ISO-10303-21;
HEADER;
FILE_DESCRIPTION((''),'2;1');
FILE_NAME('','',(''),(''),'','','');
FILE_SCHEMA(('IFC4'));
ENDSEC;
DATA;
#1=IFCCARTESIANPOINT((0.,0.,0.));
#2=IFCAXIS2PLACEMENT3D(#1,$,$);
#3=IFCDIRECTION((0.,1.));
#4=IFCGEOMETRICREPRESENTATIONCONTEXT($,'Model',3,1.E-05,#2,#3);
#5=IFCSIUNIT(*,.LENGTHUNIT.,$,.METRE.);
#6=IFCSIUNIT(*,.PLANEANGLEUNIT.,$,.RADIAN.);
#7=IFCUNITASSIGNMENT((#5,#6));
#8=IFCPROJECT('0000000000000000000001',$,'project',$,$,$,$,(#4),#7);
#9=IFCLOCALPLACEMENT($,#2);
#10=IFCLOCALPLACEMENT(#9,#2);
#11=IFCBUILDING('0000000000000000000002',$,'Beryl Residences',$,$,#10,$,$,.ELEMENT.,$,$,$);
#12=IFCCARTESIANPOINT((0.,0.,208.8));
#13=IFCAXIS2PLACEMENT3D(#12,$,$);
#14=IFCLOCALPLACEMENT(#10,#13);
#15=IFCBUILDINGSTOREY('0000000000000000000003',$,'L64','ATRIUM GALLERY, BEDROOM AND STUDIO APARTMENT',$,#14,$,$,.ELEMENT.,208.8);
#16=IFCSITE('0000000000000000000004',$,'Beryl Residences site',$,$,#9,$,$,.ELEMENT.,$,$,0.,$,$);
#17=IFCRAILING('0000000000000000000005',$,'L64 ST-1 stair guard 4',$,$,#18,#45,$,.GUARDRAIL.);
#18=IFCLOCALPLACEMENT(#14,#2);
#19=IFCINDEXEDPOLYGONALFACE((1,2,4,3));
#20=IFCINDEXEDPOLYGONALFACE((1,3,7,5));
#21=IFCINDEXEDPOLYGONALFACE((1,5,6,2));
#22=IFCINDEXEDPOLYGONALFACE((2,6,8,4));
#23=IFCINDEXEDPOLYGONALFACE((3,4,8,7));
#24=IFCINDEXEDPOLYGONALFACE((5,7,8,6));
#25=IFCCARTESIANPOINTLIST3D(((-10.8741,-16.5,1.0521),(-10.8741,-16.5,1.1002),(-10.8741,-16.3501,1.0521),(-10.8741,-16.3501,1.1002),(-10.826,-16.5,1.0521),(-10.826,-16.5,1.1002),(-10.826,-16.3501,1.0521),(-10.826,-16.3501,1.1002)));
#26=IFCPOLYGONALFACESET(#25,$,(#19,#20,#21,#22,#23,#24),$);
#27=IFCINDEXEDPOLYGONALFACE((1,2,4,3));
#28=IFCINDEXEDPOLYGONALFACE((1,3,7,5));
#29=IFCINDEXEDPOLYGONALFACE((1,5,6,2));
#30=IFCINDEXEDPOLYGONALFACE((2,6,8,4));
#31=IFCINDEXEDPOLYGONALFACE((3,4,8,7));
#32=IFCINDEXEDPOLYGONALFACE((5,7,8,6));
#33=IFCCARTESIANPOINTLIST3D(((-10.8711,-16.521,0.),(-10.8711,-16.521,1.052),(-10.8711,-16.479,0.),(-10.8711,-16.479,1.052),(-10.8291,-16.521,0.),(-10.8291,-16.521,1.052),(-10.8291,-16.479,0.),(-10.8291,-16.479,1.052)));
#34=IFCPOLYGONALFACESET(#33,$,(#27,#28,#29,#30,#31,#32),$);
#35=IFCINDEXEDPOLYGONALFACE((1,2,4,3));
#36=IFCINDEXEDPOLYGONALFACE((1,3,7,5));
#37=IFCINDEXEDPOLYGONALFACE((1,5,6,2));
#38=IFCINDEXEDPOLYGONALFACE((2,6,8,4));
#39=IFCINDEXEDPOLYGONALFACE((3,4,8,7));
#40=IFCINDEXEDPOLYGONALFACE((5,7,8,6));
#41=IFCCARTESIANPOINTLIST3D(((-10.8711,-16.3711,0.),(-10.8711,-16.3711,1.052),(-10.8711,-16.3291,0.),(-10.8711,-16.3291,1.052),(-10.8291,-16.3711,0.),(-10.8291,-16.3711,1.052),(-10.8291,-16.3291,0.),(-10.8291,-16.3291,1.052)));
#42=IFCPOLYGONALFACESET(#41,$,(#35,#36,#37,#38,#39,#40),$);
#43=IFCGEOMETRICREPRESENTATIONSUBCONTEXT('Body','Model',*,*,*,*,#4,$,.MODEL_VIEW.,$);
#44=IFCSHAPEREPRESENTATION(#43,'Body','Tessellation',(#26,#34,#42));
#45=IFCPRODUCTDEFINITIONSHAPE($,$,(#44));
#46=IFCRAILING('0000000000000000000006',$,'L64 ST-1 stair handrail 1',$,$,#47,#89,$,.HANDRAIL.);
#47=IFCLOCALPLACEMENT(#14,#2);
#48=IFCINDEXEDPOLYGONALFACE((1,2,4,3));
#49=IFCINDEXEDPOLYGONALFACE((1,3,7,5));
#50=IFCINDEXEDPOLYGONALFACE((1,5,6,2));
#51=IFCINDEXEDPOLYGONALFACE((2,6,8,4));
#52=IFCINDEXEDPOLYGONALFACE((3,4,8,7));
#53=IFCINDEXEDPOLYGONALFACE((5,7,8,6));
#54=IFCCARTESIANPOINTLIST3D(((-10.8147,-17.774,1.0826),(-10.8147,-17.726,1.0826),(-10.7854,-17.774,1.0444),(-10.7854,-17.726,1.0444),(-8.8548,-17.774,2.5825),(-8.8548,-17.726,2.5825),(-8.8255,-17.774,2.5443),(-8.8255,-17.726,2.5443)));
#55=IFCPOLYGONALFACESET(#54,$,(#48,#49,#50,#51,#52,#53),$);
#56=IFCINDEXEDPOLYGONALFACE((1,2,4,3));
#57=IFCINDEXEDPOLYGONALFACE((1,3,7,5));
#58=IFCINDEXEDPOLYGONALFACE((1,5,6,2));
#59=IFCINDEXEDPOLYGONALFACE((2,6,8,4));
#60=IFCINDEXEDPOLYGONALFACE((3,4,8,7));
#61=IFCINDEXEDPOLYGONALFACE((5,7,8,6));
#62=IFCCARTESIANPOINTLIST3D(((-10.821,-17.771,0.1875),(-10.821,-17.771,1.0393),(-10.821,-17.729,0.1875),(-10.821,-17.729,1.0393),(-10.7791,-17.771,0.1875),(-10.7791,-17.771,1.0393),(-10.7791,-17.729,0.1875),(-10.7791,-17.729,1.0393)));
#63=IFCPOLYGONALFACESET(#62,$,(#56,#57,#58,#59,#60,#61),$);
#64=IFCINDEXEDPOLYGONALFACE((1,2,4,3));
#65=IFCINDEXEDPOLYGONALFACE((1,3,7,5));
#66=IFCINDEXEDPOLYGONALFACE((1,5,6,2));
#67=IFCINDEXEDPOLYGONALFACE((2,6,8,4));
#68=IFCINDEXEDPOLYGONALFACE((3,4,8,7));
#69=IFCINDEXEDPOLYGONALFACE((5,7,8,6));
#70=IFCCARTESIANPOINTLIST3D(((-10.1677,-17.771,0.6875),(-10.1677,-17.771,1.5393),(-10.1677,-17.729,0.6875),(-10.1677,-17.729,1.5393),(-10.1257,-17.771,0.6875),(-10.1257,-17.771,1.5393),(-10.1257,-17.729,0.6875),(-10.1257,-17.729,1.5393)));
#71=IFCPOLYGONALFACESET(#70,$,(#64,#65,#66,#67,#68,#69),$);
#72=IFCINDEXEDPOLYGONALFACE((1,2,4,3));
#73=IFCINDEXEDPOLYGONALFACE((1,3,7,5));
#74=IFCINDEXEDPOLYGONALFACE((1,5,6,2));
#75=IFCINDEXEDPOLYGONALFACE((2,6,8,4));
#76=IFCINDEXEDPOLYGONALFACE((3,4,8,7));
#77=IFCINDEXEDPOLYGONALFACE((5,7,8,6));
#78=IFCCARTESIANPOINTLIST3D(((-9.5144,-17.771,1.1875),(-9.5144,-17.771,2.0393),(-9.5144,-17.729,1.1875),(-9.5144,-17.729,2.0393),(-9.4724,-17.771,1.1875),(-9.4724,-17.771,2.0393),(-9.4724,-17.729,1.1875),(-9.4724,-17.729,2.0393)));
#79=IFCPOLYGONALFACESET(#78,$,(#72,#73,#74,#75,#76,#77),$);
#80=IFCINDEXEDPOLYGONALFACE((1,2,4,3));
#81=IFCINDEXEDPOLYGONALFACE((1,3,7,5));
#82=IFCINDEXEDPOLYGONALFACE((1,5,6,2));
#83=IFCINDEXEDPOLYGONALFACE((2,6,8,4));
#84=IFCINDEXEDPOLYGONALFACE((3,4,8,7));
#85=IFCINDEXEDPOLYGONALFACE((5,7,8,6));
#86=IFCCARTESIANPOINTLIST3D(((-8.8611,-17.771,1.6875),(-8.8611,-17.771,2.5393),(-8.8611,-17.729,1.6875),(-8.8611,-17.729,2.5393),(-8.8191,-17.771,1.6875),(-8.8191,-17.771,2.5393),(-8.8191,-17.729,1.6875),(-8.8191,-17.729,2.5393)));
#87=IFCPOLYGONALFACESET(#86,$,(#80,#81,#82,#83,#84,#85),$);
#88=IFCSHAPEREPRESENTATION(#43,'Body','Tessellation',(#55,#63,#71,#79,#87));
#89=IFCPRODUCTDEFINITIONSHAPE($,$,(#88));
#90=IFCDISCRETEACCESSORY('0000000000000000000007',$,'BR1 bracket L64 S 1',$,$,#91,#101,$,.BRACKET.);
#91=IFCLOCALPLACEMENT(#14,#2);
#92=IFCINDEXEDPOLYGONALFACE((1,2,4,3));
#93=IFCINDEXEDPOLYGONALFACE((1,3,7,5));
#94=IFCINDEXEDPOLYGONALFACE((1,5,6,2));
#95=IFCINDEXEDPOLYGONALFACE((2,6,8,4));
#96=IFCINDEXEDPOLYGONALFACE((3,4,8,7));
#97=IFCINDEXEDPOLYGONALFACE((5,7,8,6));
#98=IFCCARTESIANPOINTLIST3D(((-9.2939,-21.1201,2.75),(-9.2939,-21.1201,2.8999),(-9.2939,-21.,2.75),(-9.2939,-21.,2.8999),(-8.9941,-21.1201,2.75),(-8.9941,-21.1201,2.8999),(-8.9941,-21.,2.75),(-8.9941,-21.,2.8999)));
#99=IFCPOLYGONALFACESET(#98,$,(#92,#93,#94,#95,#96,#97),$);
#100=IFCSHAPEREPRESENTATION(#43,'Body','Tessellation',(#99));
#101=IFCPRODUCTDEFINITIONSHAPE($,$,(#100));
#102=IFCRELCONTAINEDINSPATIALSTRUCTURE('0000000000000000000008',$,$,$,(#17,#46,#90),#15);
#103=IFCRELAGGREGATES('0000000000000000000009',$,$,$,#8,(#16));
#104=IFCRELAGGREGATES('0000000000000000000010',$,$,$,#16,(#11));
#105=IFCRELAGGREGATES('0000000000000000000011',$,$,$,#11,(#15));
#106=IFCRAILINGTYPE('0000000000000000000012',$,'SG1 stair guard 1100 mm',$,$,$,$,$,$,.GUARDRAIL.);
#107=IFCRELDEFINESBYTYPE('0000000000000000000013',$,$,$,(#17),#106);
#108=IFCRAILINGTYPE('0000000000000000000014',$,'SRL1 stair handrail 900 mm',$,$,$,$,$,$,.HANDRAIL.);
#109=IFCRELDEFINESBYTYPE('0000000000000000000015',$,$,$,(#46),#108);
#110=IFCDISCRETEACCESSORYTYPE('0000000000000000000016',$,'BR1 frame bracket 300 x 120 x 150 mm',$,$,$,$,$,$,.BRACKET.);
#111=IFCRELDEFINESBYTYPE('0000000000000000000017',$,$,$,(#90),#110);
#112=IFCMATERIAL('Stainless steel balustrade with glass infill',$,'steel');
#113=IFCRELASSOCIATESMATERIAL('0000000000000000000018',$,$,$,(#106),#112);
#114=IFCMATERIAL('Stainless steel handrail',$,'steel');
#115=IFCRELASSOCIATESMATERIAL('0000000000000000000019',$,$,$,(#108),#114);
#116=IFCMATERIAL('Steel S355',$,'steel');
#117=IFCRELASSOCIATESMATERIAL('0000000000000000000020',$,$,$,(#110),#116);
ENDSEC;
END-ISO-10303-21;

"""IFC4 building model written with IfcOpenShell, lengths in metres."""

from ifc_helpers import new_model, si_unit, direction, frame, origin, origin_2d, place, context, subcontext, project, spatial, polyline, rectangle, outline, extrude, source, transform, mapped, material, type_object, type_shapes, element, save


model = new_model("IFC4")

# Units and contexts
model_context = context("Model", 3, precision=1e-05, world=origin(), true_north=direction((0.0, 1.0)))
body_context = subcontext(model_context, "Body", "Model", "MODEL_VIEW")
ifc_project = project(units=[si_unit("LENGTHUNIT", "METRE"), si_unit("PLANEANGLEUNIT", "RADIAN")], contexts=[model_context])

# Site, building, storey
site_placement = place(None, origin())
site = spatial("IfcSite", under=ifc_project, at=site_placement, Name="Beryl Residences site", CompositionType="ELEMENT", RefElevation=0.0)
building_placement = place(site_placement, origin())
building = spatial("IfcBuilding", under=site, at=building_placement, Name="Beryl Residences", CompositionType="ELEMENT")
storey_placement = place(building_placement, frame((0.0, 0.0, 208.8)))
storey = spatial("IfcBuildingStorey", under=building, at=storey_placement, Name="L64", Description="ATRIUM GALLERY, BEDROOM AND STUDIO APARTMENT", CompositionType="ELEMENT", Elevation=208.8)

# Railings
ifc_material_1 = material(Name="Stainless steel balustrade with glass infill", Category="steel")
railing_type_1 = type_object("IfcRailingType", Name="SG1 stair guard 1100 mm", PredefinedType="GUARDRAIL", material=ifc_material_1)
railing_1_placement = place(storey_placement, frame((-10.8501, -16.5, 0.0)))
element("IfcRailing", 1, at=railing_1_placement, inside=storey, type_object=railing_type_1, Name="L64 ST-1 stair guard 4", PredefinedType="GUARDRAIL", context=body_context, shape_type="SweptSolid", body=[
    extrude(rectangle(XDim=0.0481, YDim=0.0481, at=origin_2d()), frame((0.0, 0.0, 1.0762), z_axis=(0.0, 1.0, 0.0), x_axis=(-1.0, 0.0, 0.0)), (0.0, 0.0, 1.0), 0.1499),
    extrude(rectangle(XDim=0.042, YDim=0.042, at=origin_2d()), origin(), (0.0, 0.0, 1.0), 1.052),
    extrude(rectangle(XDim=0.042, YDim=0.042, at=origin_2d()), frame((0.0, 0.1499, 0.0)), (0.0, 0.0, 1.0), 1.052),
])
ifc_material_2 = material(Name="Stainless steel handrail", Category="steel")
railing_type_2 = type_object("IfcRailingType", Name="SRL1 stair handrail 900 mm", PredefinedType="HANDRAIL", material=ifc_material_2)
railing_2_placement = place(storey_placement, frame((-10.8, -17.75, 0.1875)))
element("IfcRailing", 2, at=railing_2_placement, inside=storey, type_object=railing_type_2, Name="L64 ST-1 stair handrail 1", PredefinedType="HANDRAIL", context=body_context, shape_type="SweptSolid", body=[
    extrude(rectangle(XDim=0.0481, YDim=0.0481, at=origin_2d()), frame((0.0, 0.0, 0.876), z_axis=(0.794122, 0.0, 0.607758), x_axis=(0.0, 1.0, 0.0)), (0.0, 0.0, 1.0), 2.468),
    extrude(rectangle(XDim=0.042, YDim=0.042, at=origin_2d()), origin(), (0.0, 0.0, 1.0), 0.8518),
    extrude(rectangle(XDim=0.042, YDim=0.042, at=origin_2d()), frame((0.6533, 0.0, 0.5)), (0.0, 0.0, 1.0), 0.8518),
    extrude(rectangle(XDim=0.042, YDim=0.042, at=origin_2d()), frame((1.3066, 0.0, 1.0)), (0.0, 0.0, 1.0), 0.8518),
    extrude(rectangle(XDim=0.042, YDim=0.042, at=origin_2d()), frame((1.96, 0.0, 1.5)), (0.0, 0.0, 1.0), 0.8518),
])

# Discrete accessory
ifc_material_3 = material(Name="Steel S355", Category="steel")
discrete_accessory_type = type_object("IfcDiscreteAccessoryType", Name="BR1 frame bracket 300 x 120 x 150 mm", PredefinedType="BRACKET", material=ifc_material_3)
shared_shape_1 = source(origin(), body_context, "Body", "SweptSolid", [
    extrude(outline(polyline([(-0.1499, 0.0), (0.1499, 0.0), (0.1499, 0.1201), (-0.1499, 0.1201), (-0.1499, 0.0)])), origin(), (0.0, 0.0, 1.0), 0.1499),
])
type_shapes(discrete_accessory_type, [shared_shape_1])
discrete_accessory_placement = place(storey_placement, frame((-9.144, -21.0, 2.75), z_axis=(0.0, 0.0, 1.0), x_axis=(-1.0, 0.0, 0.0)))
element("IfcDiscreteAccessory", 3, at=discrete_accessory_placement, inside=storey, type_object=discrete_accessory_type, Name="BR1 bracket L64 S 1", PredefinedType="BRACKET", context=body_context, shape_type="MappedRepresentation", body=[
    mapped(shared_shape_1, transform((0.0, 0.0, 0.0))),
])

save(model, "model.ifc")
